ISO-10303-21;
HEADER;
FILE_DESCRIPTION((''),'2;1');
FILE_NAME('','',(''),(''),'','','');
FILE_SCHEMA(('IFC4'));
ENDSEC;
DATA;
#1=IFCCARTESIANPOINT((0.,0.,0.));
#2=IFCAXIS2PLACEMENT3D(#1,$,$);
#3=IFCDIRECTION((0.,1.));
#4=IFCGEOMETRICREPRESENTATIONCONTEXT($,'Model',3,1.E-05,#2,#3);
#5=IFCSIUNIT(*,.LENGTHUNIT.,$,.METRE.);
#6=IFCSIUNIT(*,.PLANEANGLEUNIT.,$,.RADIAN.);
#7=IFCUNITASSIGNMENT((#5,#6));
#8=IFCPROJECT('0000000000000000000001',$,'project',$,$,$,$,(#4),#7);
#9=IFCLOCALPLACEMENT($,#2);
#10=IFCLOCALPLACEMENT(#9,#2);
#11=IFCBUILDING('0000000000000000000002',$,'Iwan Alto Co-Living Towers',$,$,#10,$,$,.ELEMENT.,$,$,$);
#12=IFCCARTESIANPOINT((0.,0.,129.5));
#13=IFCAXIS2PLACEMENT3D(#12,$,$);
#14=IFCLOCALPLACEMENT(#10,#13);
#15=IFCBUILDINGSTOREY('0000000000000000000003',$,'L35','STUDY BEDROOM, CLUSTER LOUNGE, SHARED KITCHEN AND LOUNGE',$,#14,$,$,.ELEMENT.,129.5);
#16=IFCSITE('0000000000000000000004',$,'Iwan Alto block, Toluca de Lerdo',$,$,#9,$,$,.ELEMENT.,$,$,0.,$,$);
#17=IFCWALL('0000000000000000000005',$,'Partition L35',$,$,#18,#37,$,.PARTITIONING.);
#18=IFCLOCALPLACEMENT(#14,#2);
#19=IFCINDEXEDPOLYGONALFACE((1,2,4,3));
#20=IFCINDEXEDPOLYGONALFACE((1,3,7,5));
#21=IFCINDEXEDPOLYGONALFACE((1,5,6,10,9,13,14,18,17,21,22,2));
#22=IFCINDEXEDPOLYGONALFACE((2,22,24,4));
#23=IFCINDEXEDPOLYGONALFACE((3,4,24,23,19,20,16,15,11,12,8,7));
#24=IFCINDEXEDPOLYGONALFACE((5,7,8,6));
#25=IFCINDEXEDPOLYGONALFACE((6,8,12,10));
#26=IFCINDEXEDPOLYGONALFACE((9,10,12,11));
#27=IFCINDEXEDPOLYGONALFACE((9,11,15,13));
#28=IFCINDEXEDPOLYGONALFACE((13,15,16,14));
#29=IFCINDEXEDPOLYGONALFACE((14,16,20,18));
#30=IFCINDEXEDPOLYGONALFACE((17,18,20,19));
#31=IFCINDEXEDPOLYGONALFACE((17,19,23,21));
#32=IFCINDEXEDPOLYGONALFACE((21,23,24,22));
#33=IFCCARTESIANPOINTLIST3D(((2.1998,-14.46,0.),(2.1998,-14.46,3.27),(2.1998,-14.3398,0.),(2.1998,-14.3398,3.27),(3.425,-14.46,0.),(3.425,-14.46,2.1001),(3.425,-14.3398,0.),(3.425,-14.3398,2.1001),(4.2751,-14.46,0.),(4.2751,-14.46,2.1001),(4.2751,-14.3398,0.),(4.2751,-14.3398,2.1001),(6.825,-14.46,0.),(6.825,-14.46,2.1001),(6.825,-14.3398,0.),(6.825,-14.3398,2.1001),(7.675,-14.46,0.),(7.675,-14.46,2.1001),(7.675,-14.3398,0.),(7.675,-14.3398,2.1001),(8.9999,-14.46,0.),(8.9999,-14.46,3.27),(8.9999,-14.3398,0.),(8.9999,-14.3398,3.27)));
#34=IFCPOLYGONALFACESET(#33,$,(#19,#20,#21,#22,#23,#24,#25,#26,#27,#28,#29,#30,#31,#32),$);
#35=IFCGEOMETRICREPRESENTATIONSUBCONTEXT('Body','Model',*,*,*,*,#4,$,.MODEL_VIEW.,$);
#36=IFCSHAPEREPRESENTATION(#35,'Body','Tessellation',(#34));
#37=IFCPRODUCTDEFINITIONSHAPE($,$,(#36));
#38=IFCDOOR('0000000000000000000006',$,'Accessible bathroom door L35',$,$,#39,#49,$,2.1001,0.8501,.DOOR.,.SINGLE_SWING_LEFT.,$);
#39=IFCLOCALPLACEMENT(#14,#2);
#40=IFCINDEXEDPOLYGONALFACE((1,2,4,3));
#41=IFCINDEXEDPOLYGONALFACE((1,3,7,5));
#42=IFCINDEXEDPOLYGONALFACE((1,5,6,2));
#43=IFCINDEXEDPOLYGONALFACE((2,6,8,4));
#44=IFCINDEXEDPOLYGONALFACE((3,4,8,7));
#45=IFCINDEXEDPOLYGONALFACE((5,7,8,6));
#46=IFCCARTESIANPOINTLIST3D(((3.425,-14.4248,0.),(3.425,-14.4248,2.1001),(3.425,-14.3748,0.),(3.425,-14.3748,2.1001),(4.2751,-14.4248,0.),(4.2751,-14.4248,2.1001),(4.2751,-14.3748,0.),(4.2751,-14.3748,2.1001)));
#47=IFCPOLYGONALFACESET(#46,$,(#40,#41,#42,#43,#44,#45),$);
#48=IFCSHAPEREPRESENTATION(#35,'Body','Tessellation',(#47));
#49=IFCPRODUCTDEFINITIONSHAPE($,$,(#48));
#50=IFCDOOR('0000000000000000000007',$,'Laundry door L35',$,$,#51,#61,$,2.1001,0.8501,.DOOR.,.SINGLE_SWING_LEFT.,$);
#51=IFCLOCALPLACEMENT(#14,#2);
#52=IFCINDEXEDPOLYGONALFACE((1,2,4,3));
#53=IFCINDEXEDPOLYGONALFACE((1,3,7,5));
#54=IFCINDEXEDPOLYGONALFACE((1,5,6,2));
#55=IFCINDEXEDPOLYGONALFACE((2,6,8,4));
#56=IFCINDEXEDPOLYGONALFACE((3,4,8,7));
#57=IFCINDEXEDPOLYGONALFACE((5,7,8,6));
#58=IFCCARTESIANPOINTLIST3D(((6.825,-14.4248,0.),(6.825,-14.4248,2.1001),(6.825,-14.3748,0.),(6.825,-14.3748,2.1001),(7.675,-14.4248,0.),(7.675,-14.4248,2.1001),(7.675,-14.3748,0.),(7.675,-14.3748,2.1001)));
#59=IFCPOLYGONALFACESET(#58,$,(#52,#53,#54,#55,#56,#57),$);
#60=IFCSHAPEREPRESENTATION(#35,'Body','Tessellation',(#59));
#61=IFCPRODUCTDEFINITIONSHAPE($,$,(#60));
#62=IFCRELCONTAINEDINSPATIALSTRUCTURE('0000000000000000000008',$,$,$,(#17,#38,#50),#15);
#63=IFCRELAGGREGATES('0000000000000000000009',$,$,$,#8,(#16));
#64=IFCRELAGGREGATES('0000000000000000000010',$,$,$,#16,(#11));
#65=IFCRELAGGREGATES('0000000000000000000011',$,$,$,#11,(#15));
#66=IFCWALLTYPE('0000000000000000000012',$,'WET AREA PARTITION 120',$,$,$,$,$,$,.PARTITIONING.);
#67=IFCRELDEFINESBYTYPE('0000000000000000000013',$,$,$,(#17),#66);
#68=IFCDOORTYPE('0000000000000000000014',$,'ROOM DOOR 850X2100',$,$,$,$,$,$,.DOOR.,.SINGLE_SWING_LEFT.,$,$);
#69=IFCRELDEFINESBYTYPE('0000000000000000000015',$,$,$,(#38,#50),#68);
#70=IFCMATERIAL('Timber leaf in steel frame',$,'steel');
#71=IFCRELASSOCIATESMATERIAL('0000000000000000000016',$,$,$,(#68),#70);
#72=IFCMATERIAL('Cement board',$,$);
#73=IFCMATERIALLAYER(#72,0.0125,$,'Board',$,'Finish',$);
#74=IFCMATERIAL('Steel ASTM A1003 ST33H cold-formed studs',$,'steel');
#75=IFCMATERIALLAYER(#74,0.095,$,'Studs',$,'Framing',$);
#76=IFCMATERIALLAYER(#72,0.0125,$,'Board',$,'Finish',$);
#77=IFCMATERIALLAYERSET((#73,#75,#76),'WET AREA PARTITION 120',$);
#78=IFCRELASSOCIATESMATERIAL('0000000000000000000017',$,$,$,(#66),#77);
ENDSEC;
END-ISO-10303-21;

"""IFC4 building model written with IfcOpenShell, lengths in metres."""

from ifc_helpers import new_model, si_unit, direction, frame, frame_2d, origin, place, context, subcontext, project, spatial, rectangle, extrude, material, layer, layer_set, type_object, element, fill, save


model = new_model("IFC4")

# Units and contexts
model_context = context("Model", 3, precision=1e-05, world=origin(), true_north=direction((0.0, 1.0)))
body_context = subcontext(model_context, "Body", "Model", "MODEL_VIEW")
ifc_project = project(units=[si_unit("LENGTHUNIT", "METRE"), si_unit("PLANEANGLEUNIT", "RADIAN")], contexts=[model_context])

# Site, building, storey
site_placement = place(None, origin())
site = spatial("IfcSite", under=ifc_project, at=site_placement, Name="Iwan Alto block, Toluca de Lerdo", CompositionType="ELEMENT", RefElevation=0.0)
building_placement = place(site_placement, origin())
building = spatial("IfcBuilding", under=site, at=building_placement, Name="Iwan Alto Co-Living Towers", CompositionType="ELEMENT")
storey_placement = place(building_placement, frame((0.0, 0.0, 129.5)))
storey = spatial("IfcBuildingStorey", under=building, at=storey_placement, Name="L35", Description="STUDY BEDROOM, CLUSTER LOUNGE, SHARED KITCHEN AND LOUNGE", CompositionType="ELEMENT", Elevation=129.5)

# Shared definitions
ifc_material_1 = material(Name="Steel ASTM A1003 ST33H cold-formed studs", Category="steel")

# Shared definitions
ifc_material_2 = material(Name="Timber leaf in steel frame", Category="steel")
door_type_1 = type_object("IfcDoorType", Name="ROOM DOOR 850X2100", OperationType="SINGLE_SWING_LEFT", PredefinedType="DOOR", material=ifc_material_2)

# Shared definitions
ifc_material_3 = material(Name="Cement board")
ifc_layer_1 = layer(ifc_material_3, 0.0125, Name="Board", Category="Finish")
ifc_layer_2 = layer(ifc_material_1, 0.095, Name="Studs", Category="Framing")
ifc_layer_3 = layer(ifc_material_3, 0.0125, Name="Board", Category="Finish")
ifc_layer_set_1 = layer_set([ifc_layer_1, ifc_layer_2, ifc_layer_3], Name="WET AREA PARTITION 120")
wall_type_1 = type_object("IfcWallType", Name="WET AREA PARTITION 120", PredefinedType="PARTITIONING", material=ifc_layer_set_1)

# Wall, openings, doors
wall_1_placement = place(storey_placement, frame((2.2, -14.3999, 0.0), z_axis=(0.0, 0.0, 1.0), x_axis=(1.0, 0.0, 0.0)))
wall_1 = element("IfcWall", 1, at=wall_1_placement, inside=storey, type_object=wall_type_1, Name="Partition L35", PredefinedType="PARTITIONING", context=body_context, shape_type="SweptSolid", body=[
    extrude(rectangle(XDim=6.8, YDim=0.1201, at=frame_2d((3.3999, 0.0))), origin(), (0.0, 0.0, 1.0), 3.27),
])
opening_1_placement = place(wall_1_placement, frame((1.2251, 0.0, 0.0)))
opening_1 = element("IfcOpeningElement", 2, at=opening_1_placement, cuts=wall_1, PredefinedType="OPENING", context=body_context, shape_type="SweptSolid", body=[
    extrude(rectangle(XDim=0.8501, YDim=2.1001, at=frame_2d((0.425, 1.05))), frame((0.0, 0.0701, 0.0), z_axis=(0.0, -1.0, 0.0), x_axis=(1.0, 0.0, 0.0)), (0.0, 0.0, 1.0), 0.1401),
])
opening_2_placement = place(wall_1_placement, frame((4.625, 0.0, 0.0)))
opening_2 = element("IfcOpeningElement", 3, at=opening_2_placement, cuts=wall_1, PredefinedType="OPENING", context=body_context, shape_type="SweptSolid", body=[
    extrude(rectangle(XDim=0.8501, YDim=2.1001, at=frame_2d((0.425, 1.05))), frame((0.0, 0.0701, 0.0), z_axis=(0.0, -1.0, 0.0), x_axis=(1.0, 0.0, 0.0)), (0.0, 0.0, 1.0), 0.1401),
])
door_1_placement = place(opening_1_placement, frame((0.8501, 0.0, 0.0), z_axis=(0.0, 0.0, 1.0), x_axis=(-1.0, 0.0, 0.0)))
door_1 = element("IfcDoor", 4, at=door_1_placement, inside=storey, type_object=door_type_1, Name="Accessible bathroom door L35", OperationType="SINGLE_SWING_LEFT", OverallHeight=2.1001, OverallWidth=0.8501, PredefinedType="DOOR", context=body_context, shape_type="SweptSolid", body=[
    extrude(rectangle(XDim=0.8501, YDim=2.1001, at=frame_2d((0.425, 1.05))), frame((0.0, 0.0249, 0.0), z_axis=(0.0, -1.0, 0.0), x_axis=(1.0, 0.0, 0.0)), (0.0, 0.0, 1.0), 0.05),
])
fill(opening_1, door_1)
door_2_placement = place(opening_2_placement, frame((0.8501, 0.0, 0.0), z_axis=(0.0, 0.0, 1.0), x_axis=(-1.0, 0.0, 0.0)))
door_2 = element("IfcDoor", 5, at=door_2_placement, inside=storey, type_object=door_type_1, Name="Laundry door L35", OperationType="SINGLE_SWING_LEFT", OverallHeight=2.1001, OverallWidth=0.8501, PredefinedType="DOOR", context=body_context, shape_type="SweptSolid", body=[
    extrude(rectangle(XDim=0.8501, YDim=2.1001, at=frame_2d((0.425, 1.05))), frame((0.0, 0.0249, 0.0), z_axis=(0.0, -1.0, 0.0), x_axis=(1.0, 0.0, 0.0)), (0.0, 0.0, 1.0), 0.05),
])
fill(opening_2, door_2)

save(model, "model.ifc")
